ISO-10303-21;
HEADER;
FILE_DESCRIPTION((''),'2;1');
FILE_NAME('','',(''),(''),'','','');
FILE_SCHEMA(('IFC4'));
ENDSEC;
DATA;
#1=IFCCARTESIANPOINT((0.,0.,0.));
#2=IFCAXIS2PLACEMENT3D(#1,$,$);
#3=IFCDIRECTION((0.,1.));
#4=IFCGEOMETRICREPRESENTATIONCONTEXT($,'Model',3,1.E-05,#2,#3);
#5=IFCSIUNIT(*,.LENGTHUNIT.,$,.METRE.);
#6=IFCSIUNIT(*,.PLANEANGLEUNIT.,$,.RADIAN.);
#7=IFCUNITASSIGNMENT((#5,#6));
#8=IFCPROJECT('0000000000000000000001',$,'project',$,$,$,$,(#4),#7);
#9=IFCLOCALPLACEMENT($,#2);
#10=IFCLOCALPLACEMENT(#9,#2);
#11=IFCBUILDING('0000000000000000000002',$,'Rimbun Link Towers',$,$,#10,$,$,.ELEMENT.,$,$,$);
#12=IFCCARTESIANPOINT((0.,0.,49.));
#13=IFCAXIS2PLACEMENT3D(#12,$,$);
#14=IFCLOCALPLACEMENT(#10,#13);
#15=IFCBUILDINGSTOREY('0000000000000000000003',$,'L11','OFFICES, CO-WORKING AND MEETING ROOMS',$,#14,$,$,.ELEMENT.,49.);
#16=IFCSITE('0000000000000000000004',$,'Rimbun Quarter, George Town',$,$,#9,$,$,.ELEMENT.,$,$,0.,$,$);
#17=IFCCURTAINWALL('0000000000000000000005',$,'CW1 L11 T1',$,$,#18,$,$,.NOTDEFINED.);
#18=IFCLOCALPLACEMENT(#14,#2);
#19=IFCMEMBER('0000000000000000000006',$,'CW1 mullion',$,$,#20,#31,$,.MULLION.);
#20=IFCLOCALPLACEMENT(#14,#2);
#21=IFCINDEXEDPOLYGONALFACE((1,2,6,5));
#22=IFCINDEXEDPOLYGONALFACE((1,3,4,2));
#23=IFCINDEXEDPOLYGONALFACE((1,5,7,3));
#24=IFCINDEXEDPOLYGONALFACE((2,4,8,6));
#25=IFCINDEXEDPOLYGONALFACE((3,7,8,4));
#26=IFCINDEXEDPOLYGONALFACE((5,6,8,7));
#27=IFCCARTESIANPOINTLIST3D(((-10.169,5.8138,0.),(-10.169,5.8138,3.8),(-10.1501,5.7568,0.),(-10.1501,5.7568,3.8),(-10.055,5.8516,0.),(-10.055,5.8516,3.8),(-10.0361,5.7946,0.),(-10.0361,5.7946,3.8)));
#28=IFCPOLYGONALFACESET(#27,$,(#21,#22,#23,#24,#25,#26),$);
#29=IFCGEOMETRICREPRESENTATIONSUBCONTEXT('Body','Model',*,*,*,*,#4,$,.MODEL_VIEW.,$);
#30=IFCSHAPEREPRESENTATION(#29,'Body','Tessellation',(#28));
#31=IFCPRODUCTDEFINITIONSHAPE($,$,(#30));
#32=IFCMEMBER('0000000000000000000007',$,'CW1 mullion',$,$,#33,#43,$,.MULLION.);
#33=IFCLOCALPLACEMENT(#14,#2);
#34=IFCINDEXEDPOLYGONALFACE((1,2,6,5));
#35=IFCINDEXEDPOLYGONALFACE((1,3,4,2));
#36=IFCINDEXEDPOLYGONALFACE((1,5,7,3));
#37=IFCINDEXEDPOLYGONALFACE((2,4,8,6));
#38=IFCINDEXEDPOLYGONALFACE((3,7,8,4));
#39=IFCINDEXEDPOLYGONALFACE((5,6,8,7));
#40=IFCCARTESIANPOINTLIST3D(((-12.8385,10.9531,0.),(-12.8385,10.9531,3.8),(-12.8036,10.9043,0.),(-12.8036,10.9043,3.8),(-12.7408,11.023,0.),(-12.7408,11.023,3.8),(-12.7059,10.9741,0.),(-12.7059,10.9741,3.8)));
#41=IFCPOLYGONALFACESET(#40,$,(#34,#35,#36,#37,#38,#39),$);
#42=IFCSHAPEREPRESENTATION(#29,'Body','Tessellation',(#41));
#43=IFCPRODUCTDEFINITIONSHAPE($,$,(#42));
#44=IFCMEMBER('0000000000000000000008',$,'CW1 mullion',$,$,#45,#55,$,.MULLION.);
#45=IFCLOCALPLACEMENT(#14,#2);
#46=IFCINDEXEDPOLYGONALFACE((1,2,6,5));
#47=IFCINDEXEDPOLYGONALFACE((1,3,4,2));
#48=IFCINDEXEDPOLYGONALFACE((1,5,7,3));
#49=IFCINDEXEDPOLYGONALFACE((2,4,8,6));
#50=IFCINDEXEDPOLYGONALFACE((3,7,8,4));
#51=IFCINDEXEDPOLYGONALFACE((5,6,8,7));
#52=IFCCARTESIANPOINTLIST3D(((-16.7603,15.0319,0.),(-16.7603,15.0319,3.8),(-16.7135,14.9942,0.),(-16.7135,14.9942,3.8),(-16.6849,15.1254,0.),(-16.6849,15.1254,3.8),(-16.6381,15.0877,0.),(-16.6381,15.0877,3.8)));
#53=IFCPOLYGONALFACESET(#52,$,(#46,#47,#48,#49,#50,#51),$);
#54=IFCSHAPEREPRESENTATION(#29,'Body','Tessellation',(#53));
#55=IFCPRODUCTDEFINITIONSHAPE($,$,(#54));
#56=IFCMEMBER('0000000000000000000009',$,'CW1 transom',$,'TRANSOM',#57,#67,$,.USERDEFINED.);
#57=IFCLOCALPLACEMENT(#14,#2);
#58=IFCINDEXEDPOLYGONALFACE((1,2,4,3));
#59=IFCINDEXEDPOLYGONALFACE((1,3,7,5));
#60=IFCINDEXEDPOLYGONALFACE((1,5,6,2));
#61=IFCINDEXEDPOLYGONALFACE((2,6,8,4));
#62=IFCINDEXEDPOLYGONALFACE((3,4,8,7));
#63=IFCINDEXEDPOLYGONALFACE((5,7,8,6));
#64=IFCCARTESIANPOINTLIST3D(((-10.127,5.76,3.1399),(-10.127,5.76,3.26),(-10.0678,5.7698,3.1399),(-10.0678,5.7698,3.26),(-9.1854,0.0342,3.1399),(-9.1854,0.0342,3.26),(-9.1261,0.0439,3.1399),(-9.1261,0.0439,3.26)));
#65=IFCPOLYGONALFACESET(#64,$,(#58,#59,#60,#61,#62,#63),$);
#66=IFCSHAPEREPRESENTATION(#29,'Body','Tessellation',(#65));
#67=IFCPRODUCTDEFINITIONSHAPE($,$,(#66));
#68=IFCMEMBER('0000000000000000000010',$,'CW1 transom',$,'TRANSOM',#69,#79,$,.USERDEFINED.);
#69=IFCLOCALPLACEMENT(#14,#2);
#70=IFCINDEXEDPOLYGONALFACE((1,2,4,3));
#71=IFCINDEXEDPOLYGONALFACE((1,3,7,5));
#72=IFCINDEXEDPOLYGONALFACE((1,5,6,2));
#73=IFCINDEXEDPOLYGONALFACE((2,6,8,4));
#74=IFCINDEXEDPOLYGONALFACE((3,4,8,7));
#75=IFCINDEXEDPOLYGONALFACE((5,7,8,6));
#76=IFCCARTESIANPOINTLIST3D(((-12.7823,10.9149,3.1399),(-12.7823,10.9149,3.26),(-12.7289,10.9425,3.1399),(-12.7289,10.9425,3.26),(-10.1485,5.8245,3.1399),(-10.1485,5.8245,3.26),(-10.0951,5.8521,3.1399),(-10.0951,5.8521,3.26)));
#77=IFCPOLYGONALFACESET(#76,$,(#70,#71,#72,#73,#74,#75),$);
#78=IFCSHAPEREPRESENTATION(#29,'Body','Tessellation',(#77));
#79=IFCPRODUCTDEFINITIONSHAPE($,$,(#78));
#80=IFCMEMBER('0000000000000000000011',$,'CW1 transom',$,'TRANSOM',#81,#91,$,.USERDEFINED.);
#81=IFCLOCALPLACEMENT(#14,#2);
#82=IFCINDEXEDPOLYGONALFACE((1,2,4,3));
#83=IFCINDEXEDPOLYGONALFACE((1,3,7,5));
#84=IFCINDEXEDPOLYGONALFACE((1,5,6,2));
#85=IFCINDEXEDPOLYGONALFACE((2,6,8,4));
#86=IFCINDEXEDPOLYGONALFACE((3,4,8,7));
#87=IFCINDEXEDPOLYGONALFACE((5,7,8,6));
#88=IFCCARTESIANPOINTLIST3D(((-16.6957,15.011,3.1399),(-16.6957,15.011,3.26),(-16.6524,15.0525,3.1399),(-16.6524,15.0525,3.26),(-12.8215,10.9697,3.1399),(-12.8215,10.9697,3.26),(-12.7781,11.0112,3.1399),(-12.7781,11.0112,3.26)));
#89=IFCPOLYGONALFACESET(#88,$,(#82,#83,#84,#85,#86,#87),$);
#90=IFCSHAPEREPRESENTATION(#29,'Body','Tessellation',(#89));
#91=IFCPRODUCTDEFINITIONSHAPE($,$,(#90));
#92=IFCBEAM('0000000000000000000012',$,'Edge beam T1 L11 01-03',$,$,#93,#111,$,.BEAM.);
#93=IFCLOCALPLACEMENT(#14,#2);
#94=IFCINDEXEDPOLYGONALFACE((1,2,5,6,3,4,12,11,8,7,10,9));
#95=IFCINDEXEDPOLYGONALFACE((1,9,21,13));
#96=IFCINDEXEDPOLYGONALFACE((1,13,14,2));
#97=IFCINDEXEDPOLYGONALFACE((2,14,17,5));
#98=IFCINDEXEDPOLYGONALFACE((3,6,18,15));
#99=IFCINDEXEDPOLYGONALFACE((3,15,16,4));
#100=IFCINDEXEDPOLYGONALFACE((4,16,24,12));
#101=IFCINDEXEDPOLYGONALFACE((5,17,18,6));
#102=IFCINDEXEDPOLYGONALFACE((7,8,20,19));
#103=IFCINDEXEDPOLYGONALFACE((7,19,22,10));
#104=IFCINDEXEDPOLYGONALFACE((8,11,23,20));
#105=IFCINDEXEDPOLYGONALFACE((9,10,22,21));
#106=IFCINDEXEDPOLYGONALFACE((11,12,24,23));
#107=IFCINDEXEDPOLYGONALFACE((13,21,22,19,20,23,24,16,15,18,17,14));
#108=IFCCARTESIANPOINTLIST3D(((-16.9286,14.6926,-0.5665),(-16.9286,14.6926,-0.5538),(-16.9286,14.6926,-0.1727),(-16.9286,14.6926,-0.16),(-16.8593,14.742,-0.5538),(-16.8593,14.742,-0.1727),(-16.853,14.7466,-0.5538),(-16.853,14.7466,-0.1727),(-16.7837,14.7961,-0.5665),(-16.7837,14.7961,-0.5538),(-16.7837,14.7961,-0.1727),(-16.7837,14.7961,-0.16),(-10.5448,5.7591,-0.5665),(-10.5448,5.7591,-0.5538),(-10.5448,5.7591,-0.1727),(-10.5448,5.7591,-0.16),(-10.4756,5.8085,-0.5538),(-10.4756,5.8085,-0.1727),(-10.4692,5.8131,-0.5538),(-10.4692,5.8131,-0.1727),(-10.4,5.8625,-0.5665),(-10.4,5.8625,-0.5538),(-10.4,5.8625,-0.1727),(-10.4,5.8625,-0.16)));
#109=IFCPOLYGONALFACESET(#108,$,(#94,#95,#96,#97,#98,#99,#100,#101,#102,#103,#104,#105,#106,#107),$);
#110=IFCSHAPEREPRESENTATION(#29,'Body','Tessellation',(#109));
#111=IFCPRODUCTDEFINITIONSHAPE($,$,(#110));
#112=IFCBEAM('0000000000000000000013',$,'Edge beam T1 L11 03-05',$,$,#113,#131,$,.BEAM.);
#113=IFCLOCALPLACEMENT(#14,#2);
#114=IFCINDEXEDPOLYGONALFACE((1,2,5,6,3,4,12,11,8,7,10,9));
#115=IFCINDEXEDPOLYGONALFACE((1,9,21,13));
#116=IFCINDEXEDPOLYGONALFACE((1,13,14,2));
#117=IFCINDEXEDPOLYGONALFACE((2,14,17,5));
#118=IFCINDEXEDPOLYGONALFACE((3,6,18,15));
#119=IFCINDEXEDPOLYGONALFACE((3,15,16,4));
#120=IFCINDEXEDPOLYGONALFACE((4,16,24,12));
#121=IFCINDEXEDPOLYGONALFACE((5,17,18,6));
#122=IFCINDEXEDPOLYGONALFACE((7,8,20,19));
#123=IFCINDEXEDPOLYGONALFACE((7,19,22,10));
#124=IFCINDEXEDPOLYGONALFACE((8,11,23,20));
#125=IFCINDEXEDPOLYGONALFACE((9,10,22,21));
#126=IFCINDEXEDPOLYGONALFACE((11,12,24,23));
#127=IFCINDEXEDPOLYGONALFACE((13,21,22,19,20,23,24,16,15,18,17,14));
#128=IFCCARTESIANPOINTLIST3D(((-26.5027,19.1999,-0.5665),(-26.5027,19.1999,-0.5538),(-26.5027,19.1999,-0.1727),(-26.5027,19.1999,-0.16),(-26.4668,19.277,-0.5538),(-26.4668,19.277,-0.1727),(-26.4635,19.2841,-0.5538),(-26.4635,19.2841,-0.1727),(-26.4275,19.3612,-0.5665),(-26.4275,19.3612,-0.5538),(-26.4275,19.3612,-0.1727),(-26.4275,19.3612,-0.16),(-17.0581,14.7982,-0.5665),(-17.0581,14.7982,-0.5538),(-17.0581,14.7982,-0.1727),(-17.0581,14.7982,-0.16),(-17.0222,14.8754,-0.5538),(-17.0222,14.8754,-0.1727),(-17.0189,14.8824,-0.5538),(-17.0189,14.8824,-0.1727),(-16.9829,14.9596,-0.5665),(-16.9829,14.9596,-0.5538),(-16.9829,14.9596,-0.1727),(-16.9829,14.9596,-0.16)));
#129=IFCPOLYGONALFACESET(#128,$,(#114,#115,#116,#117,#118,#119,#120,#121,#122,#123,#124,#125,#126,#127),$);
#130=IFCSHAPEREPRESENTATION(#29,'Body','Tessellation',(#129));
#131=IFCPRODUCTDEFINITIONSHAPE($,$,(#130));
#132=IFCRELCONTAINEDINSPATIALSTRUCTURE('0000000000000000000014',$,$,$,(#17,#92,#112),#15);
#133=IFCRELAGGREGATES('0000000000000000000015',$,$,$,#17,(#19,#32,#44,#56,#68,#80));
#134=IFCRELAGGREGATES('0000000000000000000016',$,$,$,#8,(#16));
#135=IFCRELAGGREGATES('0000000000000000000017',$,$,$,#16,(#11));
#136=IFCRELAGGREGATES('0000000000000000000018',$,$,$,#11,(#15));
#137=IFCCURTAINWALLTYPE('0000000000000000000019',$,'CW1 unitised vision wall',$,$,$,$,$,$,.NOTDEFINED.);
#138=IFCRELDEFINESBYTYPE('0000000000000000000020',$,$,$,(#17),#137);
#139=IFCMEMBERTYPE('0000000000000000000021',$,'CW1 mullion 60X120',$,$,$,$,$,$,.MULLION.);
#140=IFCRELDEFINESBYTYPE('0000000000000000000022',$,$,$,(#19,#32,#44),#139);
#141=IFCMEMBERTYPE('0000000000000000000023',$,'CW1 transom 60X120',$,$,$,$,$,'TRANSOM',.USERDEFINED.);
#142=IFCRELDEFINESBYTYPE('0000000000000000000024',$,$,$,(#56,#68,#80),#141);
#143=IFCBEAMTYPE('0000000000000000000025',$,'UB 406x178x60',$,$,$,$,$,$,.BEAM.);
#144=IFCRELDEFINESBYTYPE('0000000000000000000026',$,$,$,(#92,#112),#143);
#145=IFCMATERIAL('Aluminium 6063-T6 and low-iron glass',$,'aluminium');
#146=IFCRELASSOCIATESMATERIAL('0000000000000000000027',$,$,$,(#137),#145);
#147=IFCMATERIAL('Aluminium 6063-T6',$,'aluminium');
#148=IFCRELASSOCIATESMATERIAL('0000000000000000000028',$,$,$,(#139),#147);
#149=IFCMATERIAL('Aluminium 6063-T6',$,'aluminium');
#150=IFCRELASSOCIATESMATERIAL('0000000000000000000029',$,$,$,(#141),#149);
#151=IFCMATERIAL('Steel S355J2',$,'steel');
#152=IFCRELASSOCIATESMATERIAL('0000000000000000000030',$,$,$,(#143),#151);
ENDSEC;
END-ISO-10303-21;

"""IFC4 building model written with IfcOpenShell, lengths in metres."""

from ifc_helpers import new_model, si_unit, direction, frame, origin, origin_2d, place, context, subcontext, project, spatial, rectangle, i_section, extrude, material, material_profile, profile_set, type_object, element, aggregate, save


model = new_model("IFC4")

# Units and contexts
model_context = context("Model", 3, precision=1e-05, world=origin(), true_north=direction((0.0, 1.0)))
body_context = subcontext(model_context, "Body", "Model", "MODEL_VIEW")
ifc_project = project(units=[si_unit("LENGTHUNIT", "METRE"), si_unit("PLANEANGLEUNIT", "RADIAN")], contexts=[model_context])

# Site, building, storey
site_placement = place(None, origin())
site = spatial("IfcSite", under=ifc_project, at=site_placement, Name="Rimbun Quarter, George Town", CompositionType="ELEMENT", RefElevation=0.0)
building_placement = place(site_placement, origin())
building = spatial("IfcBuilding", under=site, at=building_placement, Name="Rimbun Link Towers", CompositionType="ELEMENT")
storey_placement = place(building_placement, frame((0.0, 0.0, 49.0)))
storey = spatial("IfcBuildingStorey", under=building, at=storey_placement, Name="L11", Description="OFFICES, CO-WORKING AND MEETING ROOMS", CompositionType="ELEMENT", Elevation=49.0)

# Curtain wall, members
ifc_material_1 = material(Name="Aluminium 6063-T6 and low-iron glass", Category="aluminium")
curtain_wall_type = type_object("IfcCurtainWallType", Name="CW1 unitised vision wall", PredefinedType="NOTDEFINED", material=ifc_material_1)
curtain_wall_placement = place(storey_placement, origin())
curtain_wall = element("IfcCurtainWall", 1, at=curtain_wall_placement, inside=storey, type_object=curtain_wall_type, Name="CW1 L11 T1", PredefinedType="NOTDEFINED")
ifc_material_2 = material(Name="Aluminium 6063-T6", Category="aluminium")
ifc_material_profile_1 = material_profile(ifc_material_2, rectangle(XDim=0.1201, YDim=0.0601, at=origin_2d()), Name="MULLION 60X120")
ifc_profile_set_1 = profile_set([ifc_material_profile_1], Name="Aluminium 6063-T6")
member_type_1 = type_object("IfcMemberType", Name="CW1 mullion 60X120", PredefinedType="MULLION", material=ifc_profile_set_1)
member_1_placement = place(storey_placement, frame((-10.1025, 5.8042, 0.0), z_axis=(0.0, 0.0, 1.0), x_axis=(0.949161, 0.314791, 0.0)))
member_1 = element("IfcMember", 2, at=member_1_placement, type_object=member_type_1, Name="CW1 mullion", PredefinedType="MULLION", context=body_context, shape_type="SweptSolid", body=[
    extrude(rectangle(XDim=0.1201, YDim=0.0601, at=origin_2d()), origin(), (0.0, 0.0, 1.0), 3.8),
])
member_2_placement = place(storey_placement, frame((-12.7722, 10.9636, 0.0), z_axis=(0.0, 0.0, 1.0), x_axis=(0.813349, 0.581776, 0.0)))
member_2 = element("IfcMember", 3, at=member_2_placement, type_object=member_type_1, Name="CW1 mullion", PredefinedType="MULLION", context=body_context, shape_type="SweptSolid", body=[
    extrude(rectangle(XDim=0.1201, YDim=0.0601, at=origin_2d()), origin(), (0.0, 0.0, 1.0), 3.8),
])
member_3_placement = place(storey_placement, frame((-16.6992, 15.0598, 0.0), z_axis=(0.0, 0.0, 1.0), x_axis=(0.627672, 0.778478, 0.0)))
member_3 = element("IfcMember", 4, at=member_3_placement, type_object=member_type_1, Name="CW1 mullion", PredefinedType="MULLION", context=body_context, shape_type="SweptSolid", body=[
    extrude(rectangle(XDim=0.1201, YDim=0.0601, at=origin_2d()), origin(), (0.0, 0.0, 1.0), 3.8),
])
ifc_material_3 = material(Name="Aluminium 6063-T6", Category="aluminium")
ifc_material_profile_2 = material_profile(ifc_material_3, rectangle(XDim=0.0601, YDim=0.1201, at=origin_2d()), Name="TRANSOM 60X120")
ifc_profile_set_2 = profile_set([ifc_material_profile_2], Name="Aluminium 6063-T6")
member_type_2 = type_object("IfcMemberType", Name="CW1 transom 60X120", ElementType="TRANSOM", PredefinedType="USERDEFINED", material=ifc_profile_set_2)
member_4_placement = place(storey_placement, frame((-10.0974, 5.7649, 3.2), z_axis=(0.162277, -0.986745, 0.0), x_axis=(0.986745, 0.162277, 0.0)))
member_4 = element("IfcMember", 5, at=member_4_placement, type_object=member_type_2, Name="CW1 transom", ObjectType="TRANSOM", PredefinedType="USERDEFINED", context=body_context, shape_type="SweptSolid", body=[
    extrude(rectangle(XDim=0.0601, YDim=0.1201, at=origin_2d()), origin(), (0.0, 0.0, 1.0), 5.8027),
])
member_5_placement = place(storey_placement, frame((-12.7556, 10.9287, 3.2), z_axis=(0.459541, -0.888156, 0.0), x_axis=(0.888156, 0.459541, 0.0)))
member_5 = element("IfcMember", 6, at=member_5_placement, type_object=member_type_2, Name="CW1 transom", ObjectType="TRANSOM", PredefinedType="USERDEFINED", context=body_context, shape_type="SweptSolid", body=[
    extrude(rectangle(XDim=0.0601, YDim=0.1201, at=origin_2d()), origin(), (0.0, 0.0, 1.0), 5.7314),
])
member_6_placement = place(storey_placement, frame((-16.6741, 15.0317, 3.2), z_axis=(0.692035, -0.721864, 0.0), x_axis=(0.721864, 0.692035, 0.0)))
member_6 = element("IfcMember", 7, at=member_6_placement, type_object=member_type_2, Name="CW1 transom", ObjectType="TRANSOM", PredefinedType="USERDEFINED", context=body_context, shape_type="SweptSolid", body=[
    extrude(rectangle(XDim=0.0601, YDim=0.1201, at=origin_2d()), origin(), (0.0, 0.0, 1.0), 5.5984),
])

# Beams
ifc_material_4 = material(Name="Steel S355J2", Category="steel")
ifc_material_profile_3 = material_profile(ifc_material_4, i_section(OverallWidth=0.178, OverallDepth=0.4065, WebThickness=0.0078, FlangeThickness=0.0127, at=origin_2d()), Name="UB 406x178x60")
ifc_profile_set_3 = profile_set([ifc_material_profile_3], Name="Steel S355J2")
beam_type = type_object("IfcBeamType", Name="UB 406x178x60", PredefinedType="BEAM", material=ifc_profile_set_3)
beam_1_placement = place(storey_placement, frame((-10.4724, 5.8108, -0.3633), z_axis=(-0.581398, 0.813619, 0.0), x_axis=(-0.813619, -0.581398, 0.0)))
element("IfcBeam", 8, at=beam_1_placement, inside=storey, type_object=beam_type, Name="Edge beam T1 L11 01-03", PredefinedType="BEAM", context=body_context, shape_type="SweptSolid", body=[
    extrude(i_section(OverallWidth=0.178, OverallDepth=0.4065, WebThickness=0.0078, FlangeThickness=0.0127, at=origin_2d()), origin(), (0.0, 0.0, 1.0), 10.98),
])
beam_2_placement = place(storey_placement, frame((-17.0205, 14.8789, -0.3633), z_axis=(-0.906399, 0.422424, 0.0), x_axis=(-0.422424, -0.906399, 0.0)))
element("IfcBeam", 9, at=beam_2_placement, inside=storey, type_object=beam_type, Name="Edge beam T1 L11 03-05", PredefinedType="BEAM", context=body_context, shape_type="SweptSolid", body=[
    extrude(i_section(OverallWidth=0.178, OverallDepth=0.4065, WebThickness=0.0078, FlangeThickness=0.0127, at=origin_2d()), origin(), (0.0, 0.0, 1.0), 10.4199),
])

aggregate(curtain_wall, [member_1, member_2, member_3, member_4, member_5, member_6])

save(model, "model.ifc")
